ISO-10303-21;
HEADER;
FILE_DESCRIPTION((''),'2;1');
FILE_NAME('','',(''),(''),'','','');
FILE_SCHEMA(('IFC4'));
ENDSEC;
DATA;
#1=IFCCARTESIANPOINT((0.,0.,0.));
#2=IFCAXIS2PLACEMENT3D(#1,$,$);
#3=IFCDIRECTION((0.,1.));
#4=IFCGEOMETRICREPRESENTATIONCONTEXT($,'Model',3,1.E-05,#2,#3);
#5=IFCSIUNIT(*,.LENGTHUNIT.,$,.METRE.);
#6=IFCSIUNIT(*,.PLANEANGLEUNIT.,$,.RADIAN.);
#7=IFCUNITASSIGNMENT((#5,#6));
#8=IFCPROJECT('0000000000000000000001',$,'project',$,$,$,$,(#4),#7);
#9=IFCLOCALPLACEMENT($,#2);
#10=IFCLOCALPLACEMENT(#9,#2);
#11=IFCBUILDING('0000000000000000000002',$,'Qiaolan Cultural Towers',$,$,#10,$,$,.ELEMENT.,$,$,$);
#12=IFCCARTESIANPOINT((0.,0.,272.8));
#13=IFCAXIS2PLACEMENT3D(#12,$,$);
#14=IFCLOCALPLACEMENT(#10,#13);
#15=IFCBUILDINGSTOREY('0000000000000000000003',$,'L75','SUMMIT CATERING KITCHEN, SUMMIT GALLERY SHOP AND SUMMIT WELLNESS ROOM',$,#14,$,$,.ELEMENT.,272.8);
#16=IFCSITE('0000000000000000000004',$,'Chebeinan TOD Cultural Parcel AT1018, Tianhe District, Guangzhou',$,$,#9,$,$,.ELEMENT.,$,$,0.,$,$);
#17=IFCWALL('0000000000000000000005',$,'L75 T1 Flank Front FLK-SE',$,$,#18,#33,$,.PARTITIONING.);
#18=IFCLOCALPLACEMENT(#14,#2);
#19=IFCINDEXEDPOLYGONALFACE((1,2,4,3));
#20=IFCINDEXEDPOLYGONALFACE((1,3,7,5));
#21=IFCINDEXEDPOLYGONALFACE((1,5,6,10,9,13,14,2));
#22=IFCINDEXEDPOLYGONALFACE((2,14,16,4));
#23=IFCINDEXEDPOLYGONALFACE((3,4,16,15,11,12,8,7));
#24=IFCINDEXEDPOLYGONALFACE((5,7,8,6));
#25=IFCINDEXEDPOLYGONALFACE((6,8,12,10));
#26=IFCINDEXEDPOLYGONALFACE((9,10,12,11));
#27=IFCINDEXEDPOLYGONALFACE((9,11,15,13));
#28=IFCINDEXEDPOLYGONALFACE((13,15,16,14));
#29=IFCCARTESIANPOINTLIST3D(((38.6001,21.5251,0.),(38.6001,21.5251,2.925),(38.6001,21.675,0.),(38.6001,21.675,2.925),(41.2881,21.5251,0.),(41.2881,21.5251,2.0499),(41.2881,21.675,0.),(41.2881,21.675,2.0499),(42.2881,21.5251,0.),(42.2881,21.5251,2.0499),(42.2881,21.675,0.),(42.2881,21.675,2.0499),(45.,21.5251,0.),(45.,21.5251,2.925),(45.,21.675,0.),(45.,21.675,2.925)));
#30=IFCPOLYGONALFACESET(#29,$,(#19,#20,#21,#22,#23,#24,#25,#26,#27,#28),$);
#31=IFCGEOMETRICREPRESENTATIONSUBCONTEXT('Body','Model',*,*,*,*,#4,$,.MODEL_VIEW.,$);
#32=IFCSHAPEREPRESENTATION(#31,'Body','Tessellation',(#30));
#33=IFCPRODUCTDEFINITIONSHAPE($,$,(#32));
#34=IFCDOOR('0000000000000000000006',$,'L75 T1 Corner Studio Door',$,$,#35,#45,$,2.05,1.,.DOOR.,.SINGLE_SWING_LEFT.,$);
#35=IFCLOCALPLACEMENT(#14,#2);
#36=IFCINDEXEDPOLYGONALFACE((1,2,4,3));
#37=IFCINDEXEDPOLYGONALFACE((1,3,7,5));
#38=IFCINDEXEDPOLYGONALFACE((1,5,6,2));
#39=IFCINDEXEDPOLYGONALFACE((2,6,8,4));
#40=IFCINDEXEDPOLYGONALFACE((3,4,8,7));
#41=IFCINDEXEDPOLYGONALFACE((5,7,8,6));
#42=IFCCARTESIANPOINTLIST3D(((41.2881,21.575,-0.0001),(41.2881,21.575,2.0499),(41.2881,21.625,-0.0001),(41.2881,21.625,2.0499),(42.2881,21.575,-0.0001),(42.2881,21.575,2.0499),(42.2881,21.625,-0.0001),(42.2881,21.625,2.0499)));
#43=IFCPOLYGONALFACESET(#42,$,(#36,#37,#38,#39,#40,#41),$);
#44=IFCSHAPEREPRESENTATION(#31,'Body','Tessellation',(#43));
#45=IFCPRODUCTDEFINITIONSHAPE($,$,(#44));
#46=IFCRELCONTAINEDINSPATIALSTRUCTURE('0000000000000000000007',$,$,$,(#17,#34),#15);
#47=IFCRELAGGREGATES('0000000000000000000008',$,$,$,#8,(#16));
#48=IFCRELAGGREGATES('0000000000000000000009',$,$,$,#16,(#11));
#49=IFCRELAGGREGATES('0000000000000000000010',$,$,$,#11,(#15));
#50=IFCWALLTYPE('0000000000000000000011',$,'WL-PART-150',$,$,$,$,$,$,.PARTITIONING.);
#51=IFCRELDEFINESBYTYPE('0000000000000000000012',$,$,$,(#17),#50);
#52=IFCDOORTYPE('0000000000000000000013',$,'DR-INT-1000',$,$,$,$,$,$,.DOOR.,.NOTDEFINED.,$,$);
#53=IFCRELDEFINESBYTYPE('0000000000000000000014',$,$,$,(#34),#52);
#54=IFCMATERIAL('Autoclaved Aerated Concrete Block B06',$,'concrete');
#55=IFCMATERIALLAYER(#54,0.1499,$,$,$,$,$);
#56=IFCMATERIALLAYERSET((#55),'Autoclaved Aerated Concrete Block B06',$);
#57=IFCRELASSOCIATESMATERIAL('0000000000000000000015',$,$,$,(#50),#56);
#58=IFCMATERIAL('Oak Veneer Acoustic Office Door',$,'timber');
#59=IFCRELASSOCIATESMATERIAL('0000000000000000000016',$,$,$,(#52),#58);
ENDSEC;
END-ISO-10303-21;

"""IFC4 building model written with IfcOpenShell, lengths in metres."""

from ifc_helpers import new_model, si_unit, direction, frame, frame_2d, origin, place, context, subcontext, project, spatial, rectangle, extrude, material, layer, layer_set, type_object, element, fill, save


model = new_model("IFC4")

# Units and contexts
model_context = context("Model", 3, precision=1e-05, world=origin(), true_north=direction((0.0, 1.0)))
body_context = subcontext(model_context, "Body", "Model", "MODEL_VIEW")
ifc_project = project(units=[si_unit("LENGTHUNIT", "METRE"), si_unit("PLANEANGLEUNIT", "RADIAN")], contexts=[model_context])

# Site, building, storey
site_placement = place(None, origin())
site = spatial("IfcSite", under=ifc_project, at=site_placement, Name="Chebeinan TOD Cultural Parcel AT1018, Tianhe District, Guangzhou", CompositionType="ELEMENT", RefElevation=0.0)
building_placement = place(site_placement, origin())
building = spatial("IfcBuilding", under=site, at=building_placement, Name="Qiaolan Cultural Towers", CompositionType="ELEMENT")
storey_placement = place(building_placement, frame((0.0, 0.0, 272.8)))
storey = spatial("IfcBuildingStorey", under=building, at=storey_placement, Name="L75", Description="SUMMIT CATERING KITCHEN, SUMMIT GALLERY SHOP AND SUMMIT WELLNESS ROOM", CompositionType="ELEMENT", Elevation=272.8)

# Shared definitions
ifc_material_1 = material(Name="Autoclaved Aerated Concrete Block B06", Category="concrete")
ifc_layer_1 = layer(ifc_material_1, 0.1499)
ifc_layer_set_1 = layer_set([ifc_layer_1], Name="Autoclaved Aerated Concrete Block B06")
wall_type_1 = type_object("IfcWallType", Name="WL-PART-150", PredefinedType="PARTITIONING", material=ifc_layer_set_1)

# Wall, opening, door
wall_1_placement = place(storey_placement, frame((38.6001, 21.6001, 0.0), z_axis=(0.0, 0.0, 1.0), x_axis=(1.0, 0.0, 0.0)))
wall_1 = element("IfcWall", 1, at=wall_1_placement, inside=storey, type_object=wall_type_1, Name="L75 T1 Flank Front FLK-SE", PredefinedType="PARTITIONING", context=body_context, shape_type="SweptSolid", body=[
    extrude(rectangle(XDim=6.3999, YDim=0.1499, at=frame_2d((3.2, 0.0))), origin(), (0.0, 0.0, 1.0), 2.925),
])
opening_1_placement = place(wall_1_placement, frame((2.688, 0.0, 0.0)))
opening_1 = element("IfcOpeningElement", 2, at=opening_1_placement, cuts=wall_1, PredefinedType="OPENING", context=body_context, shape_type="SweptSolid", body=[
    extrude(rectangle(XDim=1.0, YDim=2.05, at=frame_2d((0.5, 1.0249))), frame((0.0, 0.085, 0.0), z_axis=(0.0, -1.0, 0.0), x_axis=(1.0, 0.0, 0.0)), (0.0, 0.0, 1.0), 0.1699),
])
ifc_material_2 = material(Name="Oak Veneer Acoustic Office Door", Category="timber")
door_type_1 = type_object("IfcDoorType", Name="DR-INT-1000", OperationType="NOTDEFINED", PredefinedType="DOOR", material=ifc_material_2)
door_1_placement = place(opening_1_placement, origin())
door_1 = element("IfcDoor", 3, at=door_1_placement, inside=storey, type_object=door_type_1, Name="L75 T1 Corner Studio Door", OperationType="SINGLE_SWING_LEFT", OverallHeight=2.05, OverallWidth=1.0, PredefinedType="DOOR", context=body_context, shape_type="SweptSolid", body=[
    extrude(rectangle(XDim=1.0, YDim=2.05, at=frame_2d((0.5, 1.0249))), frame((0.0, 0.0249, 0.0), z_axis=(0.0, -1.0, 0.0), x_axis=(1.0, 0.0, 0.0)), (0.0, 0.0, 1.0), 0.05),
])
fill(opening_1, door_1)

save(model, "model.ifc")
